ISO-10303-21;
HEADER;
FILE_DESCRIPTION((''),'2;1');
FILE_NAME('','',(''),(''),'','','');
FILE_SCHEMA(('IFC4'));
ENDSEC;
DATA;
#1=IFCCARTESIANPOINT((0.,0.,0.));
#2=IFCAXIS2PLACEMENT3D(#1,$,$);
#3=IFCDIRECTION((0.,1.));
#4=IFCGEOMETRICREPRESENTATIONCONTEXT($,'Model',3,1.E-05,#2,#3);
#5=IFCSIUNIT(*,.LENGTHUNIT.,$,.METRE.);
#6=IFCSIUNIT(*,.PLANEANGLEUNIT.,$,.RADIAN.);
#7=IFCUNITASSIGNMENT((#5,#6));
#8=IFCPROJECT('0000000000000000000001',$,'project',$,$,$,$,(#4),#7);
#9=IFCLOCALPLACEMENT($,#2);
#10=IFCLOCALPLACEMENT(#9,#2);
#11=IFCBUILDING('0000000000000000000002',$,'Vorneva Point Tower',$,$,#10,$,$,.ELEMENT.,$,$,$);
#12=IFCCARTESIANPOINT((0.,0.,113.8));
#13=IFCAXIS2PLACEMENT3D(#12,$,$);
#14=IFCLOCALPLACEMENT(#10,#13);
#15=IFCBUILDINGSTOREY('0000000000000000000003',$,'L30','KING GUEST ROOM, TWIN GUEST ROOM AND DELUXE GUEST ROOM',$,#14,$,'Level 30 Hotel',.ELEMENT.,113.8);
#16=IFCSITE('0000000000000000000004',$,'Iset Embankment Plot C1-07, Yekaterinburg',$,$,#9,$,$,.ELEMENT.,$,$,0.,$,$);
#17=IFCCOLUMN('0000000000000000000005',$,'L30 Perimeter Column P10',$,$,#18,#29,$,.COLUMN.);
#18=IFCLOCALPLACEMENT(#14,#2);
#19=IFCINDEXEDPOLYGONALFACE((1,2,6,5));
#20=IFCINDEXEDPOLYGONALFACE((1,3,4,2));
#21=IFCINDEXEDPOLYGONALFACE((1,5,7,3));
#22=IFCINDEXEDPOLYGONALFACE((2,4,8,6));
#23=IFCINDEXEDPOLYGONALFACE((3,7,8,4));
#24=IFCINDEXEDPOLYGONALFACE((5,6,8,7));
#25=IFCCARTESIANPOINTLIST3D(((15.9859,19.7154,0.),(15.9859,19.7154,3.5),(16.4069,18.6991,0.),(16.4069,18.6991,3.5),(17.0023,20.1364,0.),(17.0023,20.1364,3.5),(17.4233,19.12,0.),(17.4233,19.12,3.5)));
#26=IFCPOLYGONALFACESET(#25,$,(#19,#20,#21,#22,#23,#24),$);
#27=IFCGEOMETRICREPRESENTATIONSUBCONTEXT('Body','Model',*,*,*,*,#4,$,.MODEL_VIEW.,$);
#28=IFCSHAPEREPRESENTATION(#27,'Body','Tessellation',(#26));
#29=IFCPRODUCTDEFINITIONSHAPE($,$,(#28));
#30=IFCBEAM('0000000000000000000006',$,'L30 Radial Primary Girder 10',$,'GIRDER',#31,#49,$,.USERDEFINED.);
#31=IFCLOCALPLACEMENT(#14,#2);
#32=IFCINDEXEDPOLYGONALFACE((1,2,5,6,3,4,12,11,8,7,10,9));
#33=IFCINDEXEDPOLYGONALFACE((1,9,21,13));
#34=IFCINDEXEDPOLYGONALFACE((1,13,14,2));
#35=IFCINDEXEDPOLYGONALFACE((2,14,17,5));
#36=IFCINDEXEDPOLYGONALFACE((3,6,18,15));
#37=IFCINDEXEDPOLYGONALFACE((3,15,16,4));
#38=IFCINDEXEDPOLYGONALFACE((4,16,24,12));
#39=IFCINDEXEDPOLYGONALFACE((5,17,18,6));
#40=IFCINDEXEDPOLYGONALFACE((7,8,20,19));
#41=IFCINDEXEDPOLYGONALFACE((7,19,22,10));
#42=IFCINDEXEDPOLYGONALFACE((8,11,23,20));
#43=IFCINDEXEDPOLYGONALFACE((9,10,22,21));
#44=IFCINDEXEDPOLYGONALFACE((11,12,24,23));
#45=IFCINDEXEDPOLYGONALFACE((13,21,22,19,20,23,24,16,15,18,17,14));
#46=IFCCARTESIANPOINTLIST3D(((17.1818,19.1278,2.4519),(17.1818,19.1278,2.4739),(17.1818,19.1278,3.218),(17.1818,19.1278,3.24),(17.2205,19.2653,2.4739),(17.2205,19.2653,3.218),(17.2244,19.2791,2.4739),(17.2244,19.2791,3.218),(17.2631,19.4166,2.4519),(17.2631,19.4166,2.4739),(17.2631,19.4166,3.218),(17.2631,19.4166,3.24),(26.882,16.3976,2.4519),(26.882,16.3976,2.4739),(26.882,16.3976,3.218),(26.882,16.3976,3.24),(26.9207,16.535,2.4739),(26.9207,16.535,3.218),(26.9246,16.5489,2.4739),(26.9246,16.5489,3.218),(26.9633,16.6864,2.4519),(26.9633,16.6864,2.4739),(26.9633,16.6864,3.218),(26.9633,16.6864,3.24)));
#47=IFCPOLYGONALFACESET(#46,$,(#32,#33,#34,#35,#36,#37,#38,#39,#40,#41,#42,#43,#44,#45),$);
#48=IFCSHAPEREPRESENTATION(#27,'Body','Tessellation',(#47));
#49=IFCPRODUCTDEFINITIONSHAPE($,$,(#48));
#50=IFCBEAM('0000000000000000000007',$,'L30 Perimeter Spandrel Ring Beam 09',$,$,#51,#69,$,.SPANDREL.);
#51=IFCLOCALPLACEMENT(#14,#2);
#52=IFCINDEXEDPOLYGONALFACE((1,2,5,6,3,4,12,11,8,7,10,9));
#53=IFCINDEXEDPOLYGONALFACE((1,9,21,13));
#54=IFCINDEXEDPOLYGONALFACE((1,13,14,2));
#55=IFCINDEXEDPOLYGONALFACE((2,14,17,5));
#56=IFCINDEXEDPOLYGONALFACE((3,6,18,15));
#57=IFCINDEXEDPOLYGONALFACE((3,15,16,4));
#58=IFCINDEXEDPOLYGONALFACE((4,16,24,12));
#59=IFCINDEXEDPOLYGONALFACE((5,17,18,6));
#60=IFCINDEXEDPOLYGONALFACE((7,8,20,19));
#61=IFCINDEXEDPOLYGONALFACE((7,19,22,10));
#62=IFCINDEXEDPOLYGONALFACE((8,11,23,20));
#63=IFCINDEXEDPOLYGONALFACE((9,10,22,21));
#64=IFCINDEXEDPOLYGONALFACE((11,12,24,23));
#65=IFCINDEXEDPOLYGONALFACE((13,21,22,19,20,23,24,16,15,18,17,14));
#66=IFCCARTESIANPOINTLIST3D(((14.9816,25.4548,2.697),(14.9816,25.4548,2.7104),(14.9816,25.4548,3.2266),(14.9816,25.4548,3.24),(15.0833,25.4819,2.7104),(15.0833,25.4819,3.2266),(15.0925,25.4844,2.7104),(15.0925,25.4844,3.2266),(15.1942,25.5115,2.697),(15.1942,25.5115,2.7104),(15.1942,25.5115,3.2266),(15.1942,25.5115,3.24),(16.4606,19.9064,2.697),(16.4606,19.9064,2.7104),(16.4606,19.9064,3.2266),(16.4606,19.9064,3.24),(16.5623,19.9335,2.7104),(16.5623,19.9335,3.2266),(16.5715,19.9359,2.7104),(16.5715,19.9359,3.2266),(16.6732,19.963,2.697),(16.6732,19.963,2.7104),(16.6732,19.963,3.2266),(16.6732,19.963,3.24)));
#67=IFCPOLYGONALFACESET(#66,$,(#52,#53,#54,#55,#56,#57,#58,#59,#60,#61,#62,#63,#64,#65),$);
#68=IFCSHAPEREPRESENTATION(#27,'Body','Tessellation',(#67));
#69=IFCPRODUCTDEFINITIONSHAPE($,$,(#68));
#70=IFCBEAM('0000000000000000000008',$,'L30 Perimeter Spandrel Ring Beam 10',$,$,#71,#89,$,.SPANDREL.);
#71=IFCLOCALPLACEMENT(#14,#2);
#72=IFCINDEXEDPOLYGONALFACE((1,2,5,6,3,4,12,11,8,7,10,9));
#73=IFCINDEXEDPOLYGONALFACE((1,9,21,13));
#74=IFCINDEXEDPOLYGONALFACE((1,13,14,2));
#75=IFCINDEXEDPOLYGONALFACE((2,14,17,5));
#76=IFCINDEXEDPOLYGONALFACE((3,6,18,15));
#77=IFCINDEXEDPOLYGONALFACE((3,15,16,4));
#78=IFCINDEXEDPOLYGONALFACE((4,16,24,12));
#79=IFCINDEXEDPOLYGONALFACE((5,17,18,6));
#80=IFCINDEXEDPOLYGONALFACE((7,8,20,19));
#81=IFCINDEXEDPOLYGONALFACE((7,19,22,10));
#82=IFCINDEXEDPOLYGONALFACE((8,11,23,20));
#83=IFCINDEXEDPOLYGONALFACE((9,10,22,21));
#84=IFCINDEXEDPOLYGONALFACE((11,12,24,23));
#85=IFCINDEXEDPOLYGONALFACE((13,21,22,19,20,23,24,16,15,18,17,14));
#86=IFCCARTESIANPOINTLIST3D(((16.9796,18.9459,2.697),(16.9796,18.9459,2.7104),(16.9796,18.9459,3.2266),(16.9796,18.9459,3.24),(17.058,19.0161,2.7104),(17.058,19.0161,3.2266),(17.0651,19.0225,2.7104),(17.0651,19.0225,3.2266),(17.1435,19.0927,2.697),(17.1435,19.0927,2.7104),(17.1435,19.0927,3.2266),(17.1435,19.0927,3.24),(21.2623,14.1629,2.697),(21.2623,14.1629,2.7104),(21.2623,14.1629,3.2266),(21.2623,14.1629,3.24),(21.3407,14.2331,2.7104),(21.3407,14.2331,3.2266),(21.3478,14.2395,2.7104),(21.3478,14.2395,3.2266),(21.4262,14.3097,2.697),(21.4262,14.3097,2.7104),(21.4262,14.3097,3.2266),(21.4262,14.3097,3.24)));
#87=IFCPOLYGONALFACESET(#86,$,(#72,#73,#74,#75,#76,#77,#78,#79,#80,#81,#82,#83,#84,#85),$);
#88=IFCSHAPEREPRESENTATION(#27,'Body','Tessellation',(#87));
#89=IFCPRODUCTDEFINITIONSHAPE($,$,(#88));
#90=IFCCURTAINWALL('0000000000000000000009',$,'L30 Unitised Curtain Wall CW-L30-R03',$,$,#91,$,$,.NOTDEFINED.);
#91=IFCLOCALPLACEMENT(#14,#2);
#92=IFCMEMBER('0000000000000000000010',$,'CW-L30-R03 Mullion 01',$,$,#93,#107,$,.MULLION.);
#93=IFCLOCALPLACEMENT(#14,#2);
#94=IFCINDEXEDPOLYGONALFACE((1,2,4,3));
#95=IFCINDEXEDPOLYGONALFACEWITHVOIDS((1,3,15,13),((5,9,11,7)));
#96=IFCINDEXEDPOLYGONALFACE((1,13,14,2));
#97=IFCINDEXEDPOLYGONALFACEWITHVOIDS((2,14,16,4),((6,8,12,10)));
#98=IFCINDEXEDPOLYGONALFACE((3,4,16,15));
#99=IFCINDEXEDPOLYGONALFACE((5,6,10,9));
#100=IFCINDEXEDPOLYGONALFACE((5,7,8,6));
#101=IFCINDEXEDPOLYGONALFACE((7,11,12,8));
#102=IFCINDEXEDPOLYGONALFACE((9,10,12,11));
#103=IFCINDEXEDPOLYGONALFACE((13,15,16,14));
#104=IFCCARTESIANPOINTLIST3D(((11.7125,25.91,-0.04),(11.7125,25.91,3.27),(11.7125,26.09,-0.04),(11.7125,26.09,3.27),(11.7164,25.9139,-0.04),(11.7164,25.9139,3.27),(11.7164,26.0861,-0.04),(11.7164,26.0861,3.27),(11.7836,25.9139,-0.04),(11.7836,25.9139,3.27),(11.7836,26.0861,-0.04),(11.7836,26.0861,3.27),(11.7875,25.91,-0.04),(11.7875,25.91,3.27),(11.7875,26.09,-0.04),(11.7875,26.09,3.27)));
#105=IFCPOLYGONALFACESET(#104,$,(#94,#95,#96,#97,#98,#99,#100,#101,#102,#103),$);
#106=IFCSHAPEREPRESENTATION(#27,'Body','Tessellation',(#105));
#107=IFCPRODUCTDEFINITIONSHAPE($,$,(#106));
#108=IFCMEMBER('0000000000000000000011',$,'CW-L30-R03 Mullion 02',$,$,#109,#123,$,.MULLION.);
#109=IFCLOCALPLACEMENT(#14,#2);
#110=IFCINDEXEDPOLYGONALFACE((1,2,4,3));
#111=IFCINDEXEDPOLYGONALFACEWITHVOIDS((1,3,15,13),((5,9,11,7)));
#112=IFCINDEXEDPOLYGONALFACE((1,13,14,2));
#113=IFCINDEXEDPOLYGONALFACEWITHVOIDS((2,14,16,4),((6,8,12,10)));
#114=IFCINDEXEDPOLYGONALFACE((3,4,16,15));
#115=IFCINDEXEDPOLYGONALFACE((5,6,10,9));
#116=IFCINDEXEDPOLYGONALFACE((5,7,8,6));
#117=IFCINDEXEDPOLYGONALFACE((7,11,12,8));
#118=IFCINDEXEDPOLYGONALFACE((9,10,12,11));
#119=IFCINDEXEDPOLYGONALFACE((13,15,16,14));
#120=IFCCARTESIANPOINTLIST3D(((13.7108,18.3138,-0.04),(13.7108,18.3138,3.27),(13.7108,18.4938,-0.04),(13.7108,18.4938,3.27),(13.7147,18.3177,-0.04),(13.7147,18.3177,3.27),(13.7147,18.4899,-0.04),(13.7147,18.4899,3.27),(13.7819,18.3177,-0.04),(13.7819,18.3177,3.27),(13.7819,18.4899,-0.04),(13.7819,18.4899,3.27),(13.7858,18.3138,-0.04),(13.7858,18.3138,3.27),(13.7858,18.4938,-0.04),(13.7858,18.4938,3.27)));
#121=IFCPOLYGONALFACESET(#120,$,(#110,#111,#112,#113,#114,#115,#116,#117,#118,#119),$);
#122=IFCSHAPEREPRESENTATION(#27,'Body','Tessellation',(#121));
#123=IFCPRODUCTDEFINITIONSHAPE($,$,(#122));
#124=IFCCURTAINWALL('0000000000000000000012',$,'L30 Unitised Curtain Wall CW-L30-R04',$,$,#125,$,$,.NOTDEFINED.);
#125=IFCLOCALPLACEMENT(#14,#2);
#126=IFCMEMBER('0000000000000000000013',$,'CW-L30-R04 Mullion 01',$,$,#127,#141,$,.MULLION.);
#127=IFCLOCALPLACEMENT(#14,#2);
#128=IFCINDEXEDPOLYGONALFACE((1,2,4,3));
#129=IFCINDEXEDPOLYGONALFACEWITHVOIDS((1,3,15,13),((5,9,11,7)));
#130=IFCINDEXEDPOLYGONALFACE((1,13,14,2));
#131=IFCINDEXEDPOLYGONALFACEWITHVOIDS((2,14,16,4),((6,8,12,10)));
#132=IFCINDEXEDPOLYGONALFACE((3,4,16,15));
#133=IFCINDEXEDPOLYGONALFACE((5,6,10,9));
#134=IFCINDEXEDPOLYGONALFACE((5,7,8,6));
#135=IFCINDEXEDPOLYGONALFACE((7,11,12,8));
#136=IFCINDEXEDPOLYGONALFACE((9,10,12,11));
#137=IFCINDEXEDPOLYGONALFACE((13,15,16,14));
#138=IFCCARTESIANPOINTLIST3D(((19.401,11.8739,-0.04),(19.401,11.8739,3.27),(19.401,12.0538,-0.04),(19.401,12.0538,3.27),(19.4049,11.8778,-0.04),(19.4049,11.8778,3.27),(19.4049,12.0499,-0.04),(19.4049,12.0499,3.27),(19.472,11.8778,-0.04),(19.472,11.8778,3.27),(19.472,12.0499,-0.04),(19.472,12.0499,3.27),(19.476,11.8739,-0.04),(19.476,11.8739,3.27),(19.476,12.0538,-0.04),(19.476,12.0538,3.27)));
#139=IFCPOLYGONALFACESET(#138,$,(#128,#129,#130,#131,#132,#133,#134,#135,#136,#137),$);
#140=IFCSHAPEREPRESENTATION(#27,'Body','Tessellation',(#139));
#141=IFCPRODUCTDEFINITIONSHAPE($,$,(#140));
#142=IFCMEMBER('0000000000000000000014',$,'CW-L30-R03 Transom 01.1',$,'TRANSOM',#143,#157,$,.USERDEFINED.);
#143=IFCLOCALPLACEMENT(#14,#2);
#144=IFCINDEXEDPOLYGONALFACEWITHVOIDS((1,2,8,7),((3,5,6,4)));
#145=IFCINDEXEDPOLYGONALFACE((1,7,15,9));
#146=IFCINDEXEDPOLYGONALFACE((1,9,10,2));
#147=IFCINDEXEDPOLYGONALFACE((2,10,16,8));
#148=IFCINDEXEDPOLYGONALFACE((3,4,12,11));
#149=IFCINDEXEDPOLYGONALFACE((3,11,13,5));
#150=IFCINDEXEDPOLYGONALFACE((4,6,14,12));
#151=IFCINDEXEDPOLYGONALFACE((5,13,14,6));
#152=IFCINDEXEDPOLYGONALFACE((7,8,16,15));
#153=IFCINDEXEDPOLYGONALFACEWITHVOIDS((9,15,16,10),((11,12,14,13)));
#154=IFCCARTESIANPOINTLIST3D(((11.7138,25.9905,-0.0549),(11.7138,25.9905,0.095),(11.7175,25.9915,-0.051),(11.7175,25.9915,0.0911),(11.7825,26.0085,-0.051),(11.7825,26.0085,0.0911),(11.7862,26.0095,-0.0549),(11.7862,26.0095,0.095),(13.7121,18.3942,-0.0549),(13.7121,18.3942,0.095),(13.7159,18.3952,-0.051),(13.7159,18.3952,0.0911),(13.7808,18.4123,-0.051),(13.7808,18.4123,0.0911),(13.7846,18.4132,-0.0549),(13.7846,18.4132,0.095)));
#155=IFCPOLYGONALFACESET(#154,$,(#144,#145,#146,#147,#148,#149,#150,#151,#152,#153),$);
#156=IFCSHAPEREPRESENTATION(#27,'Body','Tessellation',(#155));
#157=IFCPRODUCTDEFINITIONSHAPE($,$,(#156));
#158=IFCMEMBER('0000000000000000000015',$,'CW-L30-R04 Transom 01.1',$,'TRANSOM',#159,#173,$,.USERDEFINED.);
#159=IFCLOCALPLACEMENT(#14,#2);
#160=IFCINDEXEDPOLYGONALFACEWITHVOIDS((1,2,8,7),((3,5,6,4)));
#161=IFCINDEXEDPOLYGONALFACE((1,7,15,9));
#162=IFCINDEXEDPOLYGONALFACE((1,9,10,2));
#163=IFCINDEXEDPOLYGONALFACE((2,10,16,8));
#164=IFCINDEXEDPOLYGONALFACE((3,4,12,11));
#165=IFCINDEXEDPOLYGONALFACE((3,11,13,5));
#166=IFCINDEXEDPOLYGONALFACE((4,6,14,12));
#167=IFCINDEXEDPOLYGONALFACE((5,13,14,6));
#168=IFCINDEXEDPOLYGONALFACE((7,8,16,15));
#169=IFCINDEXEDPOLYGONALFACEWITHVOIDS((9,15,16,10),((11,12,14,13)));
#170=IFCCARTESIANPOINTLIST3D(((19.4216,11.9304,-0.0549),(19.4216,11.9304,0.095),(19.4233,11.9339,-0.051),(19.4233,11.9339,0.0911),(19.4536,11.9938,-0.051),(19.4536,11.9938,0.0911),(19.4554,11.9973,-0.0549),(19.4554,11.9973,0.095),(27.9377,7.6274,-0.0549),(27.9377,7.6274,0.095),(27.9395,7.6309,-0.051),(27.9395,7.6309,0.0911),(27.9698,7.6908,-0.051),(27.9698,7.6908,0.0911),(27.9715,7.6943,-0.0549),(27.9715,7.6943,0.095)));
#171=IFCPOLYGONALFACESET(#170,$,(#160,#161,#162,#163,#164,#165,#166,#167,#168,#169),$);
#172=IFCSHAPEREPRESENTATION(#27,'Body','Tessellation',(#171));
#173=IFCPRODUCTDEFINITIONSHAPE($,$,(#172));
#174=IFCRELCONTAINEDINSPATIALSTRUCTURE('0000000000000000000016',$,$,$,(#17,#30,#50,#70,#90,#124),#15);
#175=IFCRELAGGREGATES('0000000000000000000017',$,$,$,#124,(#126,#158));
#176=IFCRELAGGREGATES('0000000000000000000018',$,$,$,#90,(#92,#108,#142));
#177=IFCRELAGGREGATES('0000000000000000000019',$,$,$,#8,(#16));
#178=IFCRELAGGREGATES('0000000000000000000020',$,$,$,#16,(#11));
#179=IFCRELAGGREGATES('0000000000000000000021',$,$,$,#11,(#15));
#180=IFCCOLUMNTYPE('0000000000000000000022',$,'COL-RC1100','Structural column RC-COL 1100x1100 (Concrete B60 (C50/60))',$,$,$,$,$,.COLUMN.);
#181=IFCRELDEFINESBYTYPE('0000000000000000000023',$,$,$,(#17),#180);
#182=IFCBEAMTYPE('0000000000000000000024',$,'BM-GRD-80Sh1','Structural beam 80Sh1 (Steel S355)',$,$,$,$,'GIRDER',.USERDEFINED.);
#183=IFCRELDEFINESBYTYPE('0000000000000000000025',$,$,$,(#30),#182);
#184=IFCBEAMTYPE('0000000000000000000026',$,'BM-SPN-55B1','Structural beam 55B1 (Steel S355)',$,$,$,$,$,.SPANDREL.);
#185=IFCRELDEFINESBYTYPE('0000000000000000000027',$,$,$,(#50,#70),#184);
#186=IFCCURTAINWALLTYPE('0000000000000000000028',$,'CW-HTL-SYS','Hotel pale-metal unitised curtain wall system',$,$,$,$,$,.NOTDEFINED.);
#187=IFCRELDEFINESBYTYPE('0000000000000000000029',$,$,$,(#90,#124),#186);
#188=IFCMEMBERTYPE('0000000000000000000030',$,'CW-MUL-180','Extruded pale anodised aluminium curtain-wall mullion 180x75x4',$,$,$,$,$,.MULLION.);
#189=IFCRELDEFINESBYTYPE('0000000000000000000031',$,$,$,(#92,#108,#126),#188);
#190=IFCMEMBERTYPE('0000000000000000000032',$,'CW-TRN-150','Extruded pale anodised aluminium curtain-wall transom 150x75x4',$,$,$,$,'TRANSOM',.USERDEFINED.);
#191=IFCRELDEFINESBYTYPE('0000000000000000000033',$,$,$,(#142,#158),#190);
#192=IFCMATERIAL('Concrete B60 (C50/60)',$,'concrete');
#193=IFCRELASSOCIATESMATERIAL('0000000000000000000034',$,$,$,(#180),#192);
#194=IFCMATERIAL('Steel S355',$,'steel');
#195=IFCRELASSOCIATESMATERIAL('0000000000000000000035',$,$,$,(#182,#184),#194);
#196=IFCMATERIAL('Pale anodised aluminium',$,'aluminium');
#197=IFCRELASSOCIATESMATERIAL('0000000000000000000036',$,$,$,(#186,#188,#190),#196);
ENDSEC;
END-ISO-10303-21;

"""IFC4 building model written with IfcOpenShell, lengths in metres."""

from ifc_helpers import new_model, si_unit, direction, frame, origin, origin_2d, place, context, subcontext, project, spatial, rectangle, hollow_rectangle, i_section, extrude, material, material_profile, profile_set, type_object, element, aggregate, save


model = new_model("IFC4")

# Units and contexts
model_context = context("Model", 3, precision=1e-05, world=origin(), true_north=direction((0.0, 1.0)))
body_context = subcontext(model_context, "Body", "Model", "MODEL_VIEW")
ifc_project = project(units=[si_unit("LENGTHUNIT", "METRE"), si_unit("PLANEANGLEUNIT", "RADIAN")], contexts=[model_context])

# Site, building, storey
site_placement = place(None, origin())
site = spatial("IfcSite", under=ifc_project, at=site_placement, Name="Iset Embankment Plot C1-07, Yekaterinburg", CompositionType="ELEMENT", RefElevation=0.0)
building_placement = place(site_placement, origin())
building = spatial("IfcBuilding", under=site, at=building_placement, Name="Vorneva Point Tower", CompositionType="ELEMENT")
storey_placement = place(building_placement, frame((0.0, 0.0, 113.8)))
storey = spatial("IfcBuildingStorey", under=building, at=storey_placement, Name="L30", Description="KING GUEST ROOM, TWIN GUEST ROOM AND DELUXE GUEST ROOM", LongName="Level 30 Hotel", CompositionType="ELEMENT", Elevation=113.8)

# Column
ifc_material_1 = material(Name="Concrete B60 (C50/60)", Category="concrete")
ifc_material_profile_1 = material_profile(ifc_material_1, rectangle(XDim=1.1001, YDim=1.1001, at=origin_2d()), Name="RC-COL 1100x1100")
ifc_profile_set_1 = profile_set([ifc_material_profile_1], Name="Concrete B60 (C50/60)")
column_type = type_object("IfcColumnType", Name="COL-RC1100", Description="Structural column RC-COL 1100x1100 (Concrete B60 (C50/60))", PredefinedType="COLUMN", material=ifc_profile_set_1)
column_placement = place(storey_placement, frame((16.7046, 19.4177, 0.0), z_axis=(0.0, 0.0, 1.0), x_axis=(-0.92388, -0.382683, 0.0)))
element("IfcColumn", 1, at=column_placement, inside=storey, type_object=column_type, Name="L30 Perimeter Column P10", PredefinedType="COLUMN", context=body_context, shape_type="SweptSolid", body=[
    extrude(rectangle(XDim=1.1001, YDim=1.1001, at=origin_2d()), origin(), (0.0, 0.0, 1.0), 3.5),
])

# Beams
ifc_material_2 = material(Name="Steel S355", Category="steel")
ifc_material_profile_2 = material_profile(ifc_material_2, i_section(OverallWidth=0.3, OverallDepth=0.7881, WebThickness=0.0144, FlangeThickness=0.022, at=origin_2d()), Name="80Sh1")
ifc_profile_set_2 = profile_set([ifc_material_profile_2], Name="Steel S355")
beam_type_1 = type_object("IfcBeamType", Name="BM-GRD-80Sh1", Description="Structural beam 80Sh1 (Steel S355)", ElementType="GIRDER", PredefinedType="USERDEFINED", material=ifc_profile_set_2)
beam_1_placement = place(storey_placement, frame((17.2224, 19.2722, 2.8459), z_axis=(0.962598, -0.270934, 0.0), x_axis=(0.270934, 0.962598, 0.0)))
element("IfcBeam", 2, at=beam_1_placement, inside=storey, type_object=beam_type_1, Name="L30 Radial Primary Girder 10", ObjectType="GIRDER", PredefinedType="USERDEFINED", context=body_context, shape_type="SweptSolid", body=[
    extrude(i_section(OverallWidth=0.3, OverallDepth=0.7881, WebThickness=0.0144, FlangeThickness=0.022, at=origin_2d()), origin(), (0.0, 0.0, 1.0), 10.0771),
])
ifc_material_profile_3 = material_profile(ifc_material_2, i_section(OverallWidth=0.22, OverallDepth=0.543, WebThickness=0.0095, FlangeThickness=0.0134, at=origin_2d()), Name="55B1")
ifc_profile_set_3 = profile_set([ifc_material_profile_3], Name="Steel S355")
beam_type_2 = type_object("IfcBeamType", Name="BM-SPN-55B1", Description="Structural beam 55B1 (Steel S355)", PredefinedType="SPANDREL", material=ifc_profile_set_3)
beam_2_placement = place(storey_placement, frame((15.0879, 25.4832, 2.9685), z_axis=(0.257573, -0.966259, 0.0), x_axis=(0.966259, 0.257573, 0.0)))
element("IfcBeam", 3, at=beam_2_placement, inside=storey, type_object=beam_type_2, Name="L30 Perimeter Spandrel Ring Beam 09", PredefinedType="SPANDREL", context=body_context, shape_type="SweptSolid", body=[
    extrude(i_section(OverallWidth=0.22, OverallDepth=0.543, WebThickness=0.0095, FlangeThickness=0.0134, at=origin_2d()), origin(), (0.0, 0.0, 1.0), 5.7422),
])
beam_3_placement = place(storey_placement, frame((17.0615, 19.0193, 2.9685), z_axis=(0.667074, -0.744992, 0.0), x_axis=(0.744992, 0.667074, 0.0)))
element("IfcBeam", 4, at=beam_3_placement, inside=storey, type_object=beam_type_2, Name="L30 Perimeter Spandrel Ring Beam 10", PredefinedType="SPANDREL", context=body_context, shape_type="SweptSolid", body=[
    extrude(i_section(OverallWidth=0.22, OverallDepth=0.543, WebThickness=0.0095, FlangeThickness=0.0134, at=origin_2d()), origin(), (0.0, 0.0, 1.0), 6.4202),
])

# Curtain wall, members
ifc_material_3 = material(Name="Pale anodised aluminium", Category="aluminium")
curtain_wall_type = type_object("IfcCurtainWallType", Name="CW-HTL-SYS", Description="Hotel pale-metal unitised curtain wall system", PredefinedType="NOTDEFINED", material=ifc_material_3)
curtain_wall_1_placement = place(storey_placement, origin())
curtain_wall_1 = element("IfcCurtainWall", 5, at=curtain_wall_1_placement, inside=storey, type_object=curtain_wall_type, Name="L30 Unitised Curtain Wall CW-L30-R03", PredefinedType="NOTDEFINED")
ifc_material_profile_4 = material_profile(ifc_material_3, hollow_rectangle(XDim=0.075, YDim=0.1799, WallThickness=0.0039, at=origin_2d()), Name="AL-MUL 180x75x4")
ifc_profile_set_4 = profile_set([ifc_material_profile_4], Name="Pale anodised aluminium")
member_type_1 = type_object("IfcMemberType", Name="CW-MUL-180", Description="Extruded pale anodised aluminium curtain-wall mullion 180x75x4", PredefinedType="MULLION", material=ifc_profile_set_4)
member_1_placement = place(storey_placement, frame((11.75, 26.0, -0.04), z_axis=(0.0, 0.0, 1.0), x_axis=(1.0, 0.0, 0.0)))
member_1 = element("IfcMember", 6, at=member_1_placement, type_object=member_type_1, Name="CW-L30-R03 Mullion 01", PredefinedType="MULLION", context=body_context, shape_type="SweptSolid", body=[
    extrude(hollow_rectangle(XDim=0.075, YDim=0.1799, WallThickness=0.0039, at=origin_2d()), origin(), (0.0, 0.0, 1.0), 3.3101),
])
member_2_placement = place(storey_placement, frame((13.7483, 18.4038, -0.04), z_axis=(0.0, 0.0, 1.0), x_axis=(1.0, 0.0, 0.0)))
member_2 = element("IfcMember", 7, at=member_2_placement, type_object=member_type_1, Name="CW-L30-R03 Mullion 02", PredefinedType="MULLION", context=body_context, shape_type="SweptSolid", body=[
    extrude(hollow_rectangle(XDim=0.075, YDim=0.1799, WallThickness=0.0039, at=origin_2d()), origin(), (0.0, 0.0, 1.0), 3.3101),
])

# Curtain wall, member
curtain_wall_2_placement = place(storey_placement, origin())
curtain_wall_2 = element("IfcCurtainWall", 8, at=curtain_wall_2_placement, inside=storey, type_object=curtain_wall_type, Name="L30 Unitised Curtain Wall CW-L30-R04", PredefinedType="NOTDEFINED")
member_3_placement = place(storey_placement, frame((19.4385, 11.9639, -0.04), z_axis=(0.0, 0.0, 1.0), x_axis=(1.0, 0.0, 0.0)))
member_3 = element("IfcMember", 9, at=member_3_placement, type_object=member_type_1, Name="CW-L30-R04 Mullion 01", PredefinedType="MULLION", context=body_context, shape_type="SweptSolid", body=[
    extrude(hollow_rectangle(XDim=0.075, YDim=0.1799, WallThickness=0.0039, at=origin_2d()), origin(), (0.0, 0.0, 1.0), 3.3101),
])

# Members
ifc_material_profile_5 = material_profile(ifc_material_3, hollow_rectangle(XDim=0.075, YDim=0.1499, WallThickness=0.0039, at=origin_2d()), Name="AL-TRN 150x75x4")
ifc_profile_set_5 = profile_set([ifc_material_profile_5], Name="Pale anodised aluminium")
member_type_2 = type_object("IfcMemberType", Name="CW-TRN-150", Description="Extruded pale anodised aluminium curtain-wall transom 150x75x4", ElementType="TRANSOM", PredefinedType="USERDEFINED", material=ifc_profile_set_5)
member_4_placement = place(storey_placement, frame((11.75, 26.0, 0.02), z_axis=(0.254409, -0.967097, 0.0), x_axis=(0.967097, 0.254409, 0.0)))
member_4 = element("IfcMember", 10, at=member_4_placement, type_object=member_type_2, Name="CW-L30-R03 Transom 01.1", ObjectType="TRANSOM", PredefinedType="USERDEFINED", context=body_context, shape_type="SweptSolid", body=[
    extrude(hollow_rectangle(XDim=0.075, YDim=0.1499, WallThickness=0.0039, at=origin_2d()), origin(), (0.0, 0.0, 1.0), 7.8547),
])
member_5_placement = place(storey_placement, frame((19.4385, 11.9639, 0.02), z_axis=(0.892536, -0.450976, 0.0), x_axis=(0.450976, 0.892536, 0.0)))
member_5 = element("IfcMember", 11, at=member_5_placement, type_object=member_type_2, Name="CW-L30-R04 Transom 01.1", ObjectType="TRANSOM", PredefinedType="USERDEFINED", context=body_context, shape_type="SweptSolid", body=[
    extrude(hollow_rectangle(XDim=0.075, YDim=0.1499, WallThickness=0.0039, at=origin_2d()), origin(), (0.0, 0.0, 1.0), 9.5415),
])
aggregate(curtain_wall_2, [member_3, member_5])

aggregate(curtain_wall_1, [member_1, member_2, member_4])

save(model, "model.ifc")
